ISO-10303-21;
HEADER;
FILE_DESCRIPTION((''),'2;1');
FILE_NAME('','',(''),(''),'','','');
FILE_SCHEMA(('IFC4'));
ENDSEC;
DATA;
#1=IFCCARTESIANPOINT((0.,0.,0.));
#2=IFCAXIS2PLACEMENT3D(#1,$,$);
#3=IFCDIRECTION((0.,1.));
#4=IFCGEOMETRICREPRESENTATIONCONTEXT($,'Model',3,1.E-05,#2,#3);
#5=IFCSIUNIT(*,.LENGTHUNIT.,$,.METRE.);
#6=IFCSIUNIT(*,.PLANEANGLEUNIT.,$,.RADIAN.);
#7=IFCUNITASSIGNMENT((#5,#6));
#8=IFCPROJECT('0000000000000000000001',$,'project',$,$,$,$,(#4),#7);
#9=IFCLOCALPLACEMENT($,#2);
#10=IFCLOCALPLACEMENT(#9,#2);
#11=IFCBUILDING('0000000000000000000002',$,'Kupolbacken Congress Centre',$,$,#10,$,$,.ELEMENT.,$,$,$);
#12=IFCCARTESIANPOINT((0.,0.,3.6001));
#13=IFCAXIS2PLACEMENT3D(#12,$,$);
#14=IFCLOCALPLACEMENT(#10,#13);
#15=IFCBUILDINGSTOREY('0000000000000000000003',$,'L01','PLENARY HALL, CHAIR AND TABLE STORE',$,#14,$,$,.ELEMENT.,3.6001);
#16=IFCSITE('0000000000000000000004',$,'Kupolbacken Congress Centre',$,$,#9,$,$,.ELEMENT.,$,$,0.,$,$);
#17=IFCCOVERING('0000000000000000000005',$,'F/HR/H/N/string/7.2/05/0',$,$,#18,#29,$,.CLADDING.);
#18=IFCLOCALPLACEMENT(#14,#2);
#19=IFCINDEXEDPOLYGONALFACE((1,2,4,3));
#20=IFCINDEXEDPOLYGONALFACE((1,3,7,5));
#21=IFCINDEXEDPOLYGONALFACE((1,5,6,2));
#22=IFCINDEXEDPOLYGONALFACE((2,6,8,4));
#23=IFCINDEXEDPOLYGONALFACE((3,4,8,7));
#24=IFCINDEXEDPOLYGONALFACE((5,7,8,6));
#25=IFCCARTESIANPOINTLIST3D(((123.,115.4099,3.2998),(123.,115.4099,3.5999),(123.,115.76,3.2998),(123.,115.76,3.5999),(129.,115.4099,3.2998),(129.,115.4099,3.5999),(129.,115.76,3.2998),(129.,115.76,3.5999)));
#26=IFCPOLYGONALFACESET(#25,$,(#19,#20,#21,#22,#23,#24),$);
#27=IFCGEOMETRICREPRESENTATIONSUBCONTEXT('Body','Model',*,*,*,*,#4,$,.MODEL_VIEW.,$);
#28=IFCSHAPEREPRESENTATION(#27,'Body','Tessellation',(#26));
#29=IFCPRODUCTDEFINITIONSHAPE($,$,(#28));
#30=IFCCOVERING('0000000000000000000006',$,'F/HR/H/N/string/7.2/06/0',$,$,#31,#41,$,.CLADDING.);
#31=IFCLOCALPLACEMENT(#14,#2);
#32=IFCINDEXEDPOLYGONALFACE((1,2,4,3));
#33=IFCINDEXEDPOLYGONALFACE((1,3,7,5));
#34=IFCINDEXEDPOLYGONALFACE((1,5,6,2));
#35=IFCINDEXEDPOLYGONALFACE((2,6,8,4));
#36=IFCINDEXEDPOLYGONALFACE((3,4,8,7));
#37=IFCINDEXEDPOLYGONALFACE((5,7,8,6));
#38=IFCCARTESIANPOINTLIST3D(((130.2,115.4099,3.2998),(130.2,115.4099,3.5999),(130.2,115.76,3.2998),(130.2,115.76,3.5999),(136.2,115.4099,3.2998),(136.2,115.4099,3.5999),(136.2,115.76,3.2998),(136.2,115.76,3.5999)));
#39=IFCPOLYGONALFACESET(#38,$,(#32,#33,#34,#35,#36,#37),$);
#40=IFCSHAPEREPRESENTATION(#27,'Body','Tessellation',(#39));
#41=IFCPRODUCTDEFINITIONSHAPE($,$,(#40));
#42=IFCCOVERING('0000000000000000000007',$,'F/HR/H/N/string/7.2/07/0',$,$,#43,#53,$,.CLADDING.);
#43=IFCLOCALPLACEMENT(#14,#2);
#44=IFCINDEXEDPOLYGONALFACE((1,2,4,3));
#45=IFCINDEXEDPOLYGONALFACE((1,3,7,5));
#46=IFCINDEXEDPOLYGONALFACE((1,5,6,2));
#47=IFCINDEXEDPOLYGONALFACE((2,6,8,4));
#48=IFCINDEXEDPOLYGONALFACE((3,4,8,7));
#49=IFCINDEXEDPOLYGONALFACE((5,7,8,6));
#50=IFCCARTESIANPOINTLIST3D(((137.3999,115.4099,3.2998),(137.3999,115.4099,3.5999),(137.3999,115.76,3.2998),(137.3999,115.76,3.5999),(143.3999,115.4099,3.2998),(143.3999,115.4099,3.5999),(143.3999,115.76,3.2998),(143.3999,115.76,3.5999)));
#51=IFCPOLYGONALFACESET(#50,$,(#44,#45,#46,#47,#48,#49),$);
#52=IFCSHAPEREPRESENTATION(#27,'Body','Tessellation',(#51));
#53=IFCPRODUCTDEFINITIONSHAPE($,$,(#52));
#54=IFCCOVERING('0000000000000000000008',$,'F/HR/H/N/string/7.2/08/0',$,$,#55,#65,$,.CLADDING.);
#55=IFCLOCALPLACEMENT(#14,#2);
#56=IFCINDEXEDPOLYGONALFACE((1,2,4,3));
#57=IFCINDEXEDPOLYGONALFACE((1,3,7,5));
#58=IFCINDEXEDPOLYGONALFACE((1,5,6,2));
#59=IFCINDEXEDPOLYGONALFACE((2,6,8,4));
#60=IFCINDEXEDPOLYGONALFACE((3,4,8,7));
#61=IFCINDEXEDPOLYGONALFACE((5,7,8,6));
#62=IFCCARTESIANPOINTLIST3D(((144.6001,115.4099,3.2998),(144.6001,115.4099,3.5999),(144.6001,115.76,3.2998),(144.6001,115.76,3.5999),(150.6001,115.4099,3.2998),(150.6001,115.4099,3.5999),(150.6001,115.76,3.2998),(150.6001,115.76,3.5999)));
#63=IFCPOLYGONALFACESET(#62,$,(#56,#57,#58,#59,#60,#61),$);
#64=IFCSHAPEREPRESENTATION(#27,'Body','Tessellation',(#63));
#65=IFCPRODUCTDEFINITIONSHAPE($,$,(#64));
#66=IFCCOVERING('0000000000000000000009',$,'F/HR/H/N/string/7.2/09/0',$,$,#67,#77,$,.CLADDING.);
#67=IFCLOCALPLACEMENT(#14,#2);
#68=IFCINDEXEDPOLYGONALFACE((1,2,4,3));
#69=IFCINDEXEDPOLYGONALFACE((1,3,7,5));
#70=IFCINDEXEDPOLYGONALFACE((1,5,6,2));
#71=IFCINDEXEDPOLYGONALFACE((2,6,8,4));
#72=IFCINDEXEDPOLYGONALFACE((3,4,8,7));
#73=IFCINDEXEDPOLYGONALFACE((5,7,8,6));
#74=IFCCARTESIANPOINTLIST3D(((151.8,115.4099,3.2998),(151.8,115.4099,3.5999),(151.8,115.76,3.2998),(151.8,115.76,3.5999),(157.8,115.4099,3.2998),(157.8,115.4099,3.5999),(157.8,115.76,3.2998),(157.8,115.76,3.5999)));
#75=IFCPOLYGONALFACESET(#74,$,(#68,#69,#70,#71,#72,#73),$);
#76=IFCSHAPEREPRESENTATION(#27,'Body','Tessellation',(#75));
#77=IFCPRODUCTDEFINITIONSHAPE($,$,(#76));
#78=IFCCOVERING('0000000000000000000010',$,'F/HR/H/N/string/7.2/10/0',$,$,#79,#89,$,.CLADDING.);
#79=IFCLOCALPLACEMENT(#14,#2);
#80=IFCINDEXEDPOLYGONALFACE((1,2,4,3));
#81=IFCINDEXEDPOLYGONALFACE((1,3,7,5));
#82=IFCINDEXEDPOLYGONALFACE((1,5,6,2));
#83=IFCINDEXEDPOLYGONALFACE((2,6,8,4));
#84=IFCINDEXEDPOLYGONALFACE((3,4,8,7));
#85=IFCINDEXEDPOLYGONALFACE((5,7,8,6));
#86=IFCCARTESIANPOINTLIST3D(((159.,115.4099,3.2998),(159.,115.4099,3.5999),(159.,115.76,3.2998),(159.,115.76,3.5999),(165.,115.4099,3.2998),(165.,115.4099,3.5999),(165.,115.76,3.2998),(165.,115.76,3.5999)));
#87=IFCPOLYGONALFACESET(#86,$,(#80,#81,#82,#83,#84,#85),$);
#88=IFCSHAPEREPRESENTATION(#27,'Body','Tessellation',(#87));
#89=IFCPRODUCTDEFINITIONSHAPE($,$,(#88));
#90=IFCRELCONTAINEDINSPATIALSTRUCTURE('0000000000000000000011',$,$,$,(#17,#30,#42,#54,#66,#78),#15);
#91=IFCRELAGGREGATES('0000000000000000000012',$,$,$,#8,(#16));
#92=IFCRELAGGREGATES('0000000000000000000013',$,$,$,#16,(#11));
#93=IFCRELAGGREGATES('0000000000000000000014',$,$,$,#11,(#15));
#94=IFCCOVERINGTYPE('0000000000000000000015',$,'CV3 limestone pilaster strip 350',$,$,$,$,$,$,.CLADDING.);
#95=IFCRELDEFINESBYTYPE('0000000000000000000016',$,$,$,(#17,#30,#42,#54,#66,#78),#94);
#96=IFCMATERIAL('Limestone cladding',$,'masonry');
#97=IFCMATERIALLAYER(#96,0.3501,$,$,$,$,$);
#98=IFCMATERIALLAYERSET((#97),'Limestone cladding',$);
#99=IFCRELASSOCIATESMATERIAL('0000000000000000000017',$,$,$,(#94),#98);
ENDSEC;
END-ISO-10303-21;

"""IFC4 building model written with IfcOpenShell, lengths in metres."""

from ifc_helpers import new_model, si_unit, direction, frame, origin, origin_2d, place, context, subcontext, project, spatial, rectangle, extrude, material, layer, layer_set, type_object, element, save


model = new_model("IFC4")

# Units and contexts
model_context = context("Model", 3, precision=1e-05, world=origin(), true_north=direction((0.0, 1.0)))
body_context = subcontext(model_context, "Body", "Model", "MODEL_VIEW")
ifc_project = project(units=[si_unit("LENGTHUNIT", "METRE"), si_unit("PLANEANGLEUNIT", "RADIAN")], contexts=[model_context])

# Site, building, storey
site_placement = place(None, origin())
site = spatial("IfcSite", under=ifc_project, at=site_placement, Name="Kupolbacken Congress Centre", CompositionType="ELEMENT", RefElevation=0.0)
building_placement = place(site_placement, origin())
building = spatial("IfcBuilding", under=site, at=building_placement, Name="Kupolbacken Congress Centre", CompositionType="ELEMENT")
storey_placement = place(building_placement, frame((0.0, 0.0, 3.6001)))
storey = spatial("IfcBuildingStorey", under=building, at=storey_placement, Name="L01", Description="PLENARY HALL, CHAIR AND TABLE STORE", CompositionType="ELEMENT", Elevation=3.6001)

# Coverings
ifc_material_1 = material(Name="Limestone cladding", Category="masonry")
ifc_layer_1 = layer(ifc_material_1, 0.3501)
ifc_layer_set_1 = layer_set([ifc_layer_1], Name="Limestone cladding")
covering_type_1 = type_object("IfcCoveringType", Name="CV3 limestone pilaster strip 350", PredefinedType="CLADDING", material=ifc_layer_set_1)
for number, where, z_axis, x_axis, name in (
    (1, (126.0, 115.585, 3.2998), (0.0, 0.0, 1.0), (1.0, 0.0, 0.0), "F/HR/H/N/string/7.2/05/0"),
    (2, (133.2, 115.585, 3.2998), (0.0, 0.0, 1.0), (1.0, 0.0, 0.0), "F/HR/H/N/string/7.2/06/0"),
    (3, (140.3999, 115.585, 3.2998), (0.0, 0.0, 1.0), (1.0, 0.0, 0.0), "F/HR/H/N/string/7.2/07/0"),
    (4, (147.6001, 115.585, 3.2998), (0.0, 0.0, 1.0), (1.0, 0.0, 0.0), "F/HR/H/N/string/7.2/08/0"),
    (5, (154.8, 115.585, 3.2998), (0.0, 0.0, 1.0), (1.0, 0.0, 0.0), "F/HR/H/N/string/7.2/09/0"),
    (6, (162.0, 115.585, 3.2998), (0.0, 0.0, 1.0), (1.0, 0.0, 0.0), "F/HR/H/N/string/7.2/10/0"),
):
    element("IfcCovering", number, at=place(storey_placement, frame(where, z_axis=z_axis, x_axis=x_axis)), inside=storey, type_object=covering_type_1, Name=name, PredefinedType="CLADDING", context=body_context, shape_type="SweptSolid", body=[
        extrude(rectangle(XDim=6.0, YDim=0.3501, at=origin_2d()), origin(), (0.0, 0.0, 1.0), 0.3),
    ])

save(model, "model.ifc")
